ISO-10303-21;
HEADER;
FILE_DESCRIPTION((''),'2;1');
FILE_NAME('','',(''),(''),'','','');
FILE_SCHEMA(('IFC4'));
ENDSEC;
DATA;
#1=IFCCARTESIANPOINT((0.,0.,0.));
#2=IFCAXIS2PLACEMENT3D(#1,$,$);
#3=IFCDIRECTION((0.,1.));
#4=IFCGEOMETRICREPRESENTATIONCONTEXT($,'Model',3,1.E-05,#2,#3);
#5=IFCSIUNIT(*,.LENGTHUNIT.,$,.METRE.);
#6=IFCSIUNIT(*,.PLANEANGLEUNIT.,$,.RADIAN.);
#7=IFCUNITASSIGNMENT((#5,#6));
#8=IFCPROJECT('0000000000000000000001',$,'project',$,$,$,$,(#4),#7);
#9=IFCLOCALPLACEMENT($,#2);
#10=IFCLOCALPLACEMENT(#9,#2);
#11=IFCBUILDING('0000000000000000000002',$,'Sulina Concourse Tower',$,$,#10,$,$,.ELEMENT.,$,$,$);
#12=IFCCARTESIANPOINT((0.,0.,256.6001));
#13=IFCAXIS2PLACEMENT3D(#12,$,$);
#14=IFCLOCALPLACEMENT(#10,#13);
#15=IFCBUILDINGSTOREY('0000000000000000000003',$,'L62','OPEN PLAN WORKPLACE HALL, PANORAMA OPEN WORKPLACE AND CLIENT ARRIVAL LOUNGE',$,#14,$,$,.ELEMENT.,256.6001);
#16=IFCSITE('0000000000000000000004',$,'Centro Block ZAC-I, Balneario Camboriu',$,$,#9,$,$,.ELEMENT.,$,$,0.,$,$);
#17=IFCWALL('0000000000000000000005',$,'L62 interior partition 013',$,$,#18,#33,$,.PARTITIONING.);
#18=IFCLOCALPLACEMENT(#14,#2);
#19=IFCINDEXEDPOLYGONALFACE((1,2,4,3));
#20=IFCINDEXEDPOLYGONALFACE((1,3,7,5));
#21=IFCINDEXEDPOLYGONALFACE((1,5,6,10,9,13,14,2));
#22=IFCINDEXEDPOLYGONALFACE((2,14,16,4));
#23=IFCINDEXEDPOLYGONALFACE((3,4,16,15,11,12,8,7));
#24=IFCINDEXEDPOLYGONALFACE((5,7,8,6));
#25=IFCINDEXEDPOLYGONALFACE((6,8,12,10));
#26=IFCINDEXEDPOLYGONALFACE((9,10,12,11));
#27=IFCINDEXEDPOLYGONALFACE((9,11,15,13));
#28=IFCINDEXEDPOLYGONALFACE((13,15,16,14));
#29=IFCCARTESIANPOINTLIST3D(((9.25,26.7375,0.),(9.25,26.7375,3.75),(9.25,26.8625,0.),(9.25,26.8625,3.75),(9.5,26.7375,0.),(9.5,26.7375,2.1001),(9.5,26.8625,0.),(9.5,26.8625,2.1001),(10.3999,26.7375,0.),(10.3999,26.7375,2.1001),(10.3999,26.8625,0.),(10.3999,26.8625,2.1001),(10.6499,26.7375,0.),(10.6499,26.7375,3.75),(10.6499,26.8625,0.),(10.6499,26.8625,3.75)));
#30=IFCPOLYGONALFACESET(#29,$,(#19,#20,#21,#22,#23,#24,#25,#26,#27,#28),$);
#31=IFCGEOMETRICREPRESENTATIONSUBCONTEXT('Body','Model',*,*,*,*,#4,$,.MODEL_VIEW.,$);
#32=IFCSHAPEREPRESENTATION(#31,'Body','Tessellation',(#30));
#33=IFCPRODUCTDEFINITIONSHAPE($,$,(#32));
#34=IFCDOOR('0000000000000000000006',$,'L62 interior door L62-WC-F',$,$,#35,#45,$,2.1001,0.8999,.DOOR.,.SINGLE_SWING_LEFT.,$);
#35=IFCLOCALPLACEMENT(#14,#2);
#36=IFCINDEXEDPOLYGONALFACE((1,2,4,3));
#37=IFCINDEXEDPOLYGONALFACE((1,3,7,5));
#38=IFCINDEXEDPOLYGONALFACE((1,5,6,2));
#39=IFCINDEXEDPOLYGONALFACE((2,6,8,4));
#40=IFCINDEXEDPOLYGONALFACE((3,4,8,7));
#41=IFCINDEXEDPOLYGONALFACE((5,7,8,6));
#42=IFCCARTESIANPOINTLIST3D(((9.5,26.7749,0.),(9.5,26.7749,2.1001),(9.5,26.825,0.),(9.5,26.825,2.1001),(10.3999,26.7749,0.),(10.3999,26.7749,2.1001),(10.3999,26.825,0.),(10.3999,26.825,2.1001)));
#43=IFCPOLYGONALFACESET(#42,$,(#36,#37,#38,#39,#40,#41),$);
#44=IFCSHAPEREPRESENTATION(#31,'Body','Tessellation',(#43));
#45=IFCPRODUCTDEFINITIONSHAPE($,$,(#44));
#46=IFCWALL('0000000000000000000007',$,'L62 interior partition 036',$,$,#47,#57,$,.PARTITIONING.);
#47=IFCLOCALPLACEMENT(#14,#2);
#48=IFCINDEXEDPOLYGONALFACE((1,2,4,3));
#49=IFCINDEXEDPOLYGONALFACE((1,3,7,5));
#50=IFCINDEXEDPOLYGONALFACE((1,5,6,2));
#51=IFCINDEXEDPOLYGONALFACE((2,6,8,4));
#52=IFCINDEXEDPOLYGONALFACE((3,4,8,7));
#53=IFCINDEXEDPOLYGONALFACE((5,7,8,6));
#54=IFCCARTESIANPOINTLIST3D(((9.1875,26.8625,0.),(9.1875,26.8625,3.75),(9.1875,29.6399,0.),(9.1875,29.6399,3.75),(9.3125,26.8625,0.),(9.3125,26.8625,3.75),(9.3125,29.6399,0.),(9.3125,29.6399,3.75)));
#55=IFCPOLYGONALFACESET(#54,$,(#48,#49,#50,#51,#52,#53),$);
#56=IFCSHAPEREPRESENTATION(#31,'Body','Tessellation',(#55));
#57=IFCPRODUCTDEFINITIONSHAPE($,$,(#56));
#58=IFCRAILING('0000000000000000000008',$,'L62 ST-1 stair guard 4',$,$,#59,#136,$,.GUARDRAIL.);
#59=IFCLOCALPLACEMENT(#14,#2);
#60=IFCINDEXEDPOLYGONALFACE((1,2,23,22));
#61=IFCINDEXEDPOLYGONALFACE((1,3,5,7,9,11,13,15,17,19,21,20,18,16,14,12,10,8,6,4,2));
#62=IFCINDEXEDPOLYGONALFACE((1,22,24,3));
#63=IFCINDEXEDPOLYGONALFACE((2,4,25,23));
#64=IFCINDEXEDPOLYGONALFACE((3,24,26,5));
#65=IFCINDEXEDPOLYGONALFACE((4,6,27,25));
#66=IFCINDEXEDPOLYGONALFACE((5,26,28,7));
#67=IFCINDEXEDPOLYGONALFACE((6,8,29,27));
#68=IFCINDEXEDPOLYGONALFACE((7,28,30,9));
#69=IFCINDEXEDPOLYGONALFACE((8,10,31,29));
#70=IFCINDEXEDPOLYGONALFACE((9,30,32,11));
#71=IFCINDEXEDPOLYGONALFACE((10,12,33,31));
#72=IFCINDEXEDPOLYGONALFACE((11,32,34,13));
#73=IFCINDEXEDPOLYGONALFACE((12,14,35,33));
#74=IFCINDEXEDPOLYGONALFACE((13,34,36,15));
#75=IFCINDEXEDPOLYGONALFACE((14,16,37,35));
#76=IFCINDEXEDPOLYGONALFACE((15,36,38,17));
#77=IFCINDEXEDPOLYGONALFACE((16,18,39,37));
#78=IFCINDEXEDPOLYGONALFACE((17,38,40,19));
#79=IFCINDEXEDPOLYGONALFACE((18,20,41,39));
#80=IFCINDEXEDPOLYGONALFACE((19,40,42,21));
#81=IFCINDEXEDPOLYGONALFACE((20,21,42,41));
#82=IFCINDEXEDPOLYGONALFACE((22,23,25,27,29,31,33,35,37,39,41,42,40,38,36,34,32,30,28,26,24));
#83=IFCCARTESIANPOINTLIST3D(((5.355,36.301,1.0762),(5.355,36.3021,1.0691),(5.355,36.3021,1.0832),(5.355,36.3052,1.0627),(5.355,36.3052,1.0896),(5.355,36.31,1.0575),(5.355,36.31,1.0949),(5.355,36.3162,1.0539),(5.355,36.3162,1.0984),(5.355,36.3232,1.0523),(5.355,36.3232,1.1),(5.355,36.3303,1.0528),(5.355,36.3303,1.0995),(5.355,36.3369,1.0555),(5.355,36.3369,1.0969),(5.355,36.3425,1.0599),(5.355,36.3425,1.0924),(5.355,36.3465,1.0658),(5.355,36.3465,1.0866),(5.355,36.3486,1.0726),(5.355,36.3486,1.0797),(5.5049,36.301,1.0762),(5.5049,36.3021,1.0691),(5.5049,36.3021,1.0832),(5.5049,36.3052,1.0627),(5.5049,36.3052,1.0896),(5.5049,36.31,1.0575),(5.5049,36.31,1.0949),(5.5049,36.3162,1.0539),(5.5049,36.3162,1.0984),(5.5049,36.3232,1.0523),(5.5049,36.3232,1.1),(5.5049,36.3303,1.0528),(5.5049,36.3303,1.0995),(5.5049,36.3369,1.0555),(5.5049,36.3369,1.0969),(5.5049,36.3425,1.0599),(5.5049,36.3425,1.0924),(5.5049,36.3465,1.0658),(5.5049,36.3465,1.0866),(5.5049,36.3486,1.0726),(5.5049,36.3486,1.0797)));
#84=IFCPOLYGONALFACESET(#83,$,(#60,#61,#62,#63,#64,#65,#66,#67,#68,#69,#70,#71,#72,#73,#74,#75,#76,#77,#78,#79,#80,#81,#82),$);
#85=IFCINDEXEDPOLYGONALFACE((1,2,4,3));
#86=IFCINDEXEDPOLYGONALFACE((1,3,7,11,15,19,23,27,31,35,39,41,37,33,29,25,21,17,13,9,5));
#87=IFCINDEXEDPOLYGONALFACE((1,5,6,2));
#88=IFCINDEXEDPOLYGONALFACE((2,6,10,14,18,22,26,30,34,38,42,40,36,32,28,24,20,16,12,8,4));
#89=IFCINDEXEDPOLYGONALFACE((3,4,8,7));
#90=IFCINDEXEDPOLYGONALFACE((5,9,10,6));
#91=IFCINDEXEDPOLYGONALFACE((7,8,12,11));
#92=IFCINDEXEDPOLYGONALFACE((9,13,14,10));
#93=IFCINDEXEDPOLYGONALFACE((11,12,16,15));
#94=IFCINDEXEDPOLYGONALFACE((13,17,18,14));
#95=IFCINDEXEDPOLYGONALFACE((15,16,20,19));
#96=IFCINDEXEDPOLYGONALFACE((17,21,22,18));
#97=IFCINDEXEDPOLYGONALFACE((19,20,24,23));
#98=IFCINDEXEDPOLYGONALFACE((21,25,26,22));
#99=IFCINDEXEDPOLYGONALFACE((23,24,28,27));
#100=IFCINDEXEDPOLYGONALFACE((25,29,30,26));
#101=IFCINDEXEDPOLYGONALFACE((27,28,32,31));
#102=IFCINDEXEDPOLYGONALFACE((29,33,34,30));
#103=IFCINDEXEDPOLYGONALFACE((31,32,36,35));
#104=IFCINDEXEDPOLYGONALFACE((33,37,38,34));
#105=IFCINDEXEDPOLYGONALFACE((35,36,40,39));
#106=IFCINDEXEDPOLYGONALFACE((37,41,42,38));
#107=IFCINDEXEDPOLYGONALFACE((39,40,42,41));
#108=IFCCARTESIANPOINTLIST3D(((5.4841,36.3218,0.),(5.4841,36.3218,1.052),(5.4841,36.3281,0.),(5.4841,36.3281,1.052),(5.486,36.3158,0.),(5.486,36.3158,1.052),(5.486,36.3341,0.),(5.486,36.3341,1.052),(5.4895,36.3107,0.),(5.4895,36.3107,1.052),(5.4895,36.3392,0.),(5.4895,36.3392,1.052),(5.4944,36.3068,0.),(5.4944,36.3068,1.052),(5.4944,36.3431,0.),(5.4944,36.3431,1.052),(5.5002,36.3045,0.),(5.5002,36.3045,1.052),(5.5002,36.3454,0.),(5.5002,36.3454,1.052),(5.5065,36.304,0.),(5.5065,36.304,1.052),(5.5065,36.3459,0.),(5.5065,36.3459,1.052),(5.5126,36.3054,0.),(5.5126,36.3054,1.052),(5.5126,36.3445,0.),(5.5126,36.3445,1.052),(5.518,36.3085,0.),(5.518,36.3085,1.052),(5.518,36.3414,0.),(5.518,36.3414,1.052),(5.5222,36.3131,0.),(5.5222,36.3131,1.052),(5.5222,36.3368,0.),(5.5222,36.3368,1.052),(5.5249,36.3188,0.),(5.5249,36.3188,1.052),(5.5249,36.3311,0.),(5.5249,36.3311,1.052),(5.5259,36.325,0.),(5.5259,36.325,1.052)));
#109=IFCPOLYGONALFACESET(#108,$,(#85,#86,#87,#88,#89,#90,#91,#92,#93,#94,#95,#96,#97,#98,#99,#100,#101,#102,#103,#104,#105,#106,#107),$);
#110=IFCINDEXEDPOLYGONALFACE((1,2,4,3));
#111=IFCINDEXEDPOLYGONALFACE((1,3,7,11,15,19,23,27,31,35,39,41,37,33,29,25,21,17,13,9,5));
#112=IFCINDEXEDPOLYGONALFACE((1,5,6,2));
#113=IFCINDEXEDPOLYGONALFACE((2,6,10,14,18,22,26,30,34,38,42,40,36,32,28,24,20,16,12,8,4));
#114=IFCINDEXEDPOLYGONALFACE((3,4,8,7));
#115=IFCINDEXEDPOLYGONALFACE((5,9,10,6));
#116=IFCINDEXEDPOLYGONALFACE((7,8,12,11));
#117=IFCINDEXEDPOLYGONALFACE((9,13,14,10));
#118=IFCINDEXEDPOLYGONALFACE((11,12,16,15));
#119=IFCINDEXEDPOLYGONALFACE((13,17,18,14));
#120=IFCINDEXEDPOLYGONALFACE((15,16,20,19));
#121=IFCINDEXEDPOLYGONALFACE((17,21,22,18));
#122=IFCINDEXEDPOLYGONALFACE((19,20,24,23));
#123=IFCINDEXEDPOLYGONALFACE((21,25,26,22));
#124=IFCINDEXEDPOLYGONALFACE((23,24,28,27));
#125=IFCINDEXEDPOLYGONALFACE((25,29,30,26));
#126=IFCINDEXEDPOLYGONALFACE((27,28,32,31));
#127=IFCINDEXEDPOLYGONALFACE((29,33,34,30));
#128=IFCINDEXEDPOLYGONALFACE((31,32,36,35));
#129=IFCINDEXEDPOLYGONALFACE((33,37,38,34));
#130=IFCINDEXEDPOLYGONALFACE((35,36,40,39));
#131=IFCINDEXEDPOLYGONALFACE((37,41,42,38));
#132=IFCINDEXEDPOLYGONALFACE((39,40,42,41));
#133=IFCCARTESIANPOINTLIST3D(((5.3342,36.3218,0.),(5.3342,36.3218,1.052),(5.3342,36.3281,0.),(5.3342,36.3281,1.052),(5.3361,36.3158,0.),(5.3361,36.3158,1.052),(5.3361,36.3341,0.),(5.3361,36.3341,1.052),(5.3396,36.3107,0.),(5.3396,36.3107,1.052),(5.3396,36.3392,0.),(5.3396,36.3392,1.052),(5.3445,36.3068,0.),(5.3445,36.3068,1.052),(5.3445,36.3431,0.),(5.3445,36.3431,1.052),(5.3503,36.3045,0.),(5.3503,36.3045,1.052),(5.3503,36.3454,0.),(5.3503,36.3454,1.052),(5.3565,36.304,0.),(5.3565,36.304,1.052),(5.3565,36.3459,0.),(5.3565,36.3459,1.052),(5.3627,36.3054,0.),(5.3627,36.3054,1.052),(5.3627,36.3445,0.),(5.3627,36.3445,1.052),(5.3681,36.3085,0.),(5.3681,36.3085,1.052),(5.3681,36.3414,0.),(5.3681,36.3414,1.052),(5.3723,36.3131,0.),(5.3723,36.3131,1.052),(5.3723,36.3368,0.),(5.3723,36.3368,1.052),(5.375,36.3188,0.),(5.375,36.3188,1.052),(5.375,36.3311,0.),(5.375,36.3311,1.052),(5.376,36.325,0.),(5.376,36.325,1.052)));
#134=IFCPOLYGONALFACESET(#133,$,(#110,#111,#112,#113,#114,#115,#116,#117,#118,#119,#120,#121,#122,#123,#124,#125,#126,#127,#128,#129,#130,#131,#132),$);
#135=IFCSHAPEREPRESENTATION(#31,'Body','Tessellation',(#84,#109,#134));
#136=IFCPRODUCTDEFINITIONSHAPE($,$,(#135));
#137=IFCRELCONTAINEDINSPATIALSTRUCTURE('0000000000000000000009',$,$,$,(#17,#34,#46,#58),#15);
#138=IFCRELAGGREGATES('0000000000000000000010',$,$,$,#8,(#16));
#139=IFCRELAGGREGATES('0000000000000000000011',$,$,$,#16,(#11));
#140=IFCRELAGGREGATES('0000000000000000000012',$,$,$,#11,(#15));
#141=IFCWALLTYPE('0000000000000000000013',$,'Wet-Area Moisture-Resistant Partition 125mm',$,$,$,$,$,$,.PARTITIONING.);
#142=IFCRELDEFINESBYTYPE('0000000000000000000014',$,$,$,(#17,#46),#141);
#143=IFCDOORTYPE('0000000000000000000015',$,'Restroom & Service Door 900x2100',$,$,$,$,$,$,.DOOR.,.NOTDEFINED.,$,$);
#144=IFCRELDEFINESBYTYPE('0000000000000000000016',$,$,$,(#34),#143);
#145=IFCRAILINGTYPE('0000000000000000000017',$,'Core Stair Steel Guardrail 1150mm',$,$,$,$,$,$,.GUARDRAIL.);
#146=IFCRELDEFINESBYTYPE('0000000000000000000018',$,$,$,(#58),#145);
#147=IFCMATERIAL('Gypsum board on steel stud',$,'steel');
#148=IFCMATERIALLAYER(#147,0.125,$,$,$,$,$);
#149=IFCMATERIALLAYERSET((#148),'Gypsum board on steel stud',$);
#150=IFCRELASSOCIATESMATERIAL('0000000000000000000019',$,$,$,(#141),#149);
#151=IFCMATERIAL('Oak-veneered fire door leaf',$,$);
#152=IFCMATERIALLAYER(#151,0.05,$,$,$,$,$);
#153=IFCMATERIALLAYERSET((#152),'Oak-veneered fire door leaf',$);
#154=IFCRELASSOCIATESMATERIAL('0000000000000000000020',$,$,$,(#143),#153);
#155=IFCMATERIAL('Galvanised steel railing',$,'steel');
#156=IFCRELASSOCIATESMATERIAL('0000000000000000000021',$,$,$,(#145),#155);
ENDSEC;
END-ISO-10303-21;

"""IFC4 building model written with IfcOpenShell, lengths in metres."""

from ifc_helpers import new_model, si_unit, direction, frame, frame_2d, origin, origin_2d, place, context, subcontext, project, spatial, rectangle, circle, extrude, material, layer, layer_set, type_object, element, fill, save


model = new_model("IFC4")

# Units and contexts
model_context = context("Model", 3, precision=1e-05, world=origin(), true_north=direction((0.0, 1.0)))
body_context = subcontext(model_context, "Body", "Model", "MODEL_VIEW")
ifc_project = project(units=[si_unit("LENGTHUNIT", "METRE"), si_unit("PLANEANGLEUNIT", "RADIAN")], contexts=[model_context])

# Site, building, storey
site_placement = place(None, origin())
site = spatial("IfcSite", under=ifc_project, at=site_placement, Name="Centro Block ZAC-I, Balneario Camboriu", CompositionType="ELEMENT", RefElevation=0.0)
building_placement = place(site_placement, origin())
building = spatial("IfcBuilding", under=site, at=building_placement, Name="Sulina Concourse Tower", CompositionType="ELEMENT")
storey_placement = place(building_placement, frame((0.0, 0.0, 256.6001)))
storey = spatial("IfcBuildingStorey", under=building, at=storey_placement, Name="L62", Description="OPEN PLAN WORKPLACE HALL, PANORAMA OPEN WORKPLACE AND CLIENT ARRIVAL LOUNGE", CompositionType="ELEMENT", Elevation=256.6001)

# Wall, opening, door
ifc_material_1 = material(Name="Gypsum board on steel stud", Category="steel")
ifc_layer_1 = layer(ifc_material_1, 0.125)
ifc_layer_set_1 = layer_set([ifc_layer_1], Name="Gypsum board on steel stud")
wall_type_1 = type_object("IfcWallType", Name="Wet-Area Moisture-Resistant Partition 125mm", PredefinedType="PARTITIONING", material=ifc_layer_set_1)
ifc_material_2 = material(Name="Oak-veneered fire door leaf")
ifc_layer_2 = layer(ifc_material_2, 0.05)
ifc_layer_set_2 = layer_set([ifc_layer_2], Name="Oak-veneered fire door leaf")
door_type_1 = type_object("IfcDoorType", Name="Restroom & Service Door 900x2100", OperationType="NOTDEFINED", PredefinedType="DOOR", material=ifc_layer_set_2)
wall_1_placement = place(storey_placement, frame((9.25, 26.8, 0.0), z_axis=(0.0, 0.0, 1.0), x_axis=(1.0, 0.0, 0.0)))
wall_1 = element("IfcWall", 1, at=wall_1_placement, inside=storey, type_object=wall_type_1, Name="L62 interior partition 013", PredefinedType="PARTITIONING", context=body_context, shape_type="SweptSolid", body=[
    extrude(rectangle(XDim=1.3999, YDim=0.125, at=frame_2d((0.7, 0.0))), origin(), (0.0, 0.0, 1.0), 3.75),
])
opening_1_placement = place(wall_1_placement, frame((0.25, 0.0, 0.0)))
opening_1 = element("IfcOpeningElement", 2, at=opening_1_placement, cuts=wall_1, PredefinedType="OPENING", context=body_context, shape_type="SweptSolid", body=[
    extrude(rectangle(XDim=0.8999, YDim=2.1001, at=frame_2d((0.45, 1.05))), frame((0.0, 0.0725, 0.0), z_axis=(0.0, -1.0, 0.0), x_axis=(1.0, 0.0, 0.0)), (0.0, 0.0, 1.0), 0.145),
])
door_1_placement = place(opening_1_placement, origin())
door_1 = element("IfcDoor", 3, at=door_1_placement, inside=storey, type_object=door_type_1, Name="L62 interior door L62-WC-F", OperationType="SINGLE_SWING_LEFT", OverallHeight=2.1001, OverallWidth=0.8999, PredefinedType="DOOR", context=body_context, shape_type="SweptSolid", body=[
    extrude(rectangle(XDim=0.8999, YDim=2.1001, at=frame_2d((0.45, 1.05))), frame((0.0, 0.0249, 0.0), z_axis=(0.0, -1.0, 0.0), x_axis=(1.0, 0.0, 0.0)), (0.0, 0.0, 1.0), 0.05),
])
fill(opening_1, door_1)

# Wall
wall_2_placement = place(storey_placement, frame((9.25, 26.8625, 0.0), z_axis=(0.0, 0.0, 1.0), x_axis=(0.0, 1.0, 0.0)))
element("IfcWall", 4, at=wall_2_placement, inside=storey, type_object=wall_type_1, Name="L62 interior partition 036", PredefinedType="PARTITIONING", context=body_context, shape_type="SweptSolid", body=[
    extrude(rectangle(XDim=2.7773, YDim=0.125, at=frame_2d((1.3887, 0.0))), origin(), (0.0, 0.0, 1.0), 3.75),
])

# Railing
ifc_material_3 = material(Name="Galvanised steel railing", Category="steel")
railing_type = type_object("IfcRailingType", Name="Core Stair Steel Guardrail 1150mm", PredefinedType="GUARDRAIL", material=ifc_material_3)
railing_placement = place(storey_placement, frame((5.5049, 36.325, 0.0)))
element("IfcRailing", 5, at=railing_placement, inside=storey, type_object=railing_type, Name="L62 ST-1 stair guard 4", PredefinedType="GUARDRAIL", context=body_context, shape_type="SweptSolid", body=[
    extrude(circle(Radius=0.0239, at=origin_2d()), frame((0.0, 0.0, 1.0762), z_axis=(-1.0, 0.0, 0.0), x_axis=(0.0, -1.0, 0.0)), (0.0, 0.0, 1.0), 0.1499),
    extrude(circle(Radius=0.021, at=origin_2d()), origin(), (0.0, 0.0, 1.0), 1.052),
    extrude(circle(Radius=0.021, at=origin_2d()), frame((-0.1499, 0.0, 0.0)), (0.0, 0.0, 1.0), 1.052),
])

save(model, "model.ifc")
